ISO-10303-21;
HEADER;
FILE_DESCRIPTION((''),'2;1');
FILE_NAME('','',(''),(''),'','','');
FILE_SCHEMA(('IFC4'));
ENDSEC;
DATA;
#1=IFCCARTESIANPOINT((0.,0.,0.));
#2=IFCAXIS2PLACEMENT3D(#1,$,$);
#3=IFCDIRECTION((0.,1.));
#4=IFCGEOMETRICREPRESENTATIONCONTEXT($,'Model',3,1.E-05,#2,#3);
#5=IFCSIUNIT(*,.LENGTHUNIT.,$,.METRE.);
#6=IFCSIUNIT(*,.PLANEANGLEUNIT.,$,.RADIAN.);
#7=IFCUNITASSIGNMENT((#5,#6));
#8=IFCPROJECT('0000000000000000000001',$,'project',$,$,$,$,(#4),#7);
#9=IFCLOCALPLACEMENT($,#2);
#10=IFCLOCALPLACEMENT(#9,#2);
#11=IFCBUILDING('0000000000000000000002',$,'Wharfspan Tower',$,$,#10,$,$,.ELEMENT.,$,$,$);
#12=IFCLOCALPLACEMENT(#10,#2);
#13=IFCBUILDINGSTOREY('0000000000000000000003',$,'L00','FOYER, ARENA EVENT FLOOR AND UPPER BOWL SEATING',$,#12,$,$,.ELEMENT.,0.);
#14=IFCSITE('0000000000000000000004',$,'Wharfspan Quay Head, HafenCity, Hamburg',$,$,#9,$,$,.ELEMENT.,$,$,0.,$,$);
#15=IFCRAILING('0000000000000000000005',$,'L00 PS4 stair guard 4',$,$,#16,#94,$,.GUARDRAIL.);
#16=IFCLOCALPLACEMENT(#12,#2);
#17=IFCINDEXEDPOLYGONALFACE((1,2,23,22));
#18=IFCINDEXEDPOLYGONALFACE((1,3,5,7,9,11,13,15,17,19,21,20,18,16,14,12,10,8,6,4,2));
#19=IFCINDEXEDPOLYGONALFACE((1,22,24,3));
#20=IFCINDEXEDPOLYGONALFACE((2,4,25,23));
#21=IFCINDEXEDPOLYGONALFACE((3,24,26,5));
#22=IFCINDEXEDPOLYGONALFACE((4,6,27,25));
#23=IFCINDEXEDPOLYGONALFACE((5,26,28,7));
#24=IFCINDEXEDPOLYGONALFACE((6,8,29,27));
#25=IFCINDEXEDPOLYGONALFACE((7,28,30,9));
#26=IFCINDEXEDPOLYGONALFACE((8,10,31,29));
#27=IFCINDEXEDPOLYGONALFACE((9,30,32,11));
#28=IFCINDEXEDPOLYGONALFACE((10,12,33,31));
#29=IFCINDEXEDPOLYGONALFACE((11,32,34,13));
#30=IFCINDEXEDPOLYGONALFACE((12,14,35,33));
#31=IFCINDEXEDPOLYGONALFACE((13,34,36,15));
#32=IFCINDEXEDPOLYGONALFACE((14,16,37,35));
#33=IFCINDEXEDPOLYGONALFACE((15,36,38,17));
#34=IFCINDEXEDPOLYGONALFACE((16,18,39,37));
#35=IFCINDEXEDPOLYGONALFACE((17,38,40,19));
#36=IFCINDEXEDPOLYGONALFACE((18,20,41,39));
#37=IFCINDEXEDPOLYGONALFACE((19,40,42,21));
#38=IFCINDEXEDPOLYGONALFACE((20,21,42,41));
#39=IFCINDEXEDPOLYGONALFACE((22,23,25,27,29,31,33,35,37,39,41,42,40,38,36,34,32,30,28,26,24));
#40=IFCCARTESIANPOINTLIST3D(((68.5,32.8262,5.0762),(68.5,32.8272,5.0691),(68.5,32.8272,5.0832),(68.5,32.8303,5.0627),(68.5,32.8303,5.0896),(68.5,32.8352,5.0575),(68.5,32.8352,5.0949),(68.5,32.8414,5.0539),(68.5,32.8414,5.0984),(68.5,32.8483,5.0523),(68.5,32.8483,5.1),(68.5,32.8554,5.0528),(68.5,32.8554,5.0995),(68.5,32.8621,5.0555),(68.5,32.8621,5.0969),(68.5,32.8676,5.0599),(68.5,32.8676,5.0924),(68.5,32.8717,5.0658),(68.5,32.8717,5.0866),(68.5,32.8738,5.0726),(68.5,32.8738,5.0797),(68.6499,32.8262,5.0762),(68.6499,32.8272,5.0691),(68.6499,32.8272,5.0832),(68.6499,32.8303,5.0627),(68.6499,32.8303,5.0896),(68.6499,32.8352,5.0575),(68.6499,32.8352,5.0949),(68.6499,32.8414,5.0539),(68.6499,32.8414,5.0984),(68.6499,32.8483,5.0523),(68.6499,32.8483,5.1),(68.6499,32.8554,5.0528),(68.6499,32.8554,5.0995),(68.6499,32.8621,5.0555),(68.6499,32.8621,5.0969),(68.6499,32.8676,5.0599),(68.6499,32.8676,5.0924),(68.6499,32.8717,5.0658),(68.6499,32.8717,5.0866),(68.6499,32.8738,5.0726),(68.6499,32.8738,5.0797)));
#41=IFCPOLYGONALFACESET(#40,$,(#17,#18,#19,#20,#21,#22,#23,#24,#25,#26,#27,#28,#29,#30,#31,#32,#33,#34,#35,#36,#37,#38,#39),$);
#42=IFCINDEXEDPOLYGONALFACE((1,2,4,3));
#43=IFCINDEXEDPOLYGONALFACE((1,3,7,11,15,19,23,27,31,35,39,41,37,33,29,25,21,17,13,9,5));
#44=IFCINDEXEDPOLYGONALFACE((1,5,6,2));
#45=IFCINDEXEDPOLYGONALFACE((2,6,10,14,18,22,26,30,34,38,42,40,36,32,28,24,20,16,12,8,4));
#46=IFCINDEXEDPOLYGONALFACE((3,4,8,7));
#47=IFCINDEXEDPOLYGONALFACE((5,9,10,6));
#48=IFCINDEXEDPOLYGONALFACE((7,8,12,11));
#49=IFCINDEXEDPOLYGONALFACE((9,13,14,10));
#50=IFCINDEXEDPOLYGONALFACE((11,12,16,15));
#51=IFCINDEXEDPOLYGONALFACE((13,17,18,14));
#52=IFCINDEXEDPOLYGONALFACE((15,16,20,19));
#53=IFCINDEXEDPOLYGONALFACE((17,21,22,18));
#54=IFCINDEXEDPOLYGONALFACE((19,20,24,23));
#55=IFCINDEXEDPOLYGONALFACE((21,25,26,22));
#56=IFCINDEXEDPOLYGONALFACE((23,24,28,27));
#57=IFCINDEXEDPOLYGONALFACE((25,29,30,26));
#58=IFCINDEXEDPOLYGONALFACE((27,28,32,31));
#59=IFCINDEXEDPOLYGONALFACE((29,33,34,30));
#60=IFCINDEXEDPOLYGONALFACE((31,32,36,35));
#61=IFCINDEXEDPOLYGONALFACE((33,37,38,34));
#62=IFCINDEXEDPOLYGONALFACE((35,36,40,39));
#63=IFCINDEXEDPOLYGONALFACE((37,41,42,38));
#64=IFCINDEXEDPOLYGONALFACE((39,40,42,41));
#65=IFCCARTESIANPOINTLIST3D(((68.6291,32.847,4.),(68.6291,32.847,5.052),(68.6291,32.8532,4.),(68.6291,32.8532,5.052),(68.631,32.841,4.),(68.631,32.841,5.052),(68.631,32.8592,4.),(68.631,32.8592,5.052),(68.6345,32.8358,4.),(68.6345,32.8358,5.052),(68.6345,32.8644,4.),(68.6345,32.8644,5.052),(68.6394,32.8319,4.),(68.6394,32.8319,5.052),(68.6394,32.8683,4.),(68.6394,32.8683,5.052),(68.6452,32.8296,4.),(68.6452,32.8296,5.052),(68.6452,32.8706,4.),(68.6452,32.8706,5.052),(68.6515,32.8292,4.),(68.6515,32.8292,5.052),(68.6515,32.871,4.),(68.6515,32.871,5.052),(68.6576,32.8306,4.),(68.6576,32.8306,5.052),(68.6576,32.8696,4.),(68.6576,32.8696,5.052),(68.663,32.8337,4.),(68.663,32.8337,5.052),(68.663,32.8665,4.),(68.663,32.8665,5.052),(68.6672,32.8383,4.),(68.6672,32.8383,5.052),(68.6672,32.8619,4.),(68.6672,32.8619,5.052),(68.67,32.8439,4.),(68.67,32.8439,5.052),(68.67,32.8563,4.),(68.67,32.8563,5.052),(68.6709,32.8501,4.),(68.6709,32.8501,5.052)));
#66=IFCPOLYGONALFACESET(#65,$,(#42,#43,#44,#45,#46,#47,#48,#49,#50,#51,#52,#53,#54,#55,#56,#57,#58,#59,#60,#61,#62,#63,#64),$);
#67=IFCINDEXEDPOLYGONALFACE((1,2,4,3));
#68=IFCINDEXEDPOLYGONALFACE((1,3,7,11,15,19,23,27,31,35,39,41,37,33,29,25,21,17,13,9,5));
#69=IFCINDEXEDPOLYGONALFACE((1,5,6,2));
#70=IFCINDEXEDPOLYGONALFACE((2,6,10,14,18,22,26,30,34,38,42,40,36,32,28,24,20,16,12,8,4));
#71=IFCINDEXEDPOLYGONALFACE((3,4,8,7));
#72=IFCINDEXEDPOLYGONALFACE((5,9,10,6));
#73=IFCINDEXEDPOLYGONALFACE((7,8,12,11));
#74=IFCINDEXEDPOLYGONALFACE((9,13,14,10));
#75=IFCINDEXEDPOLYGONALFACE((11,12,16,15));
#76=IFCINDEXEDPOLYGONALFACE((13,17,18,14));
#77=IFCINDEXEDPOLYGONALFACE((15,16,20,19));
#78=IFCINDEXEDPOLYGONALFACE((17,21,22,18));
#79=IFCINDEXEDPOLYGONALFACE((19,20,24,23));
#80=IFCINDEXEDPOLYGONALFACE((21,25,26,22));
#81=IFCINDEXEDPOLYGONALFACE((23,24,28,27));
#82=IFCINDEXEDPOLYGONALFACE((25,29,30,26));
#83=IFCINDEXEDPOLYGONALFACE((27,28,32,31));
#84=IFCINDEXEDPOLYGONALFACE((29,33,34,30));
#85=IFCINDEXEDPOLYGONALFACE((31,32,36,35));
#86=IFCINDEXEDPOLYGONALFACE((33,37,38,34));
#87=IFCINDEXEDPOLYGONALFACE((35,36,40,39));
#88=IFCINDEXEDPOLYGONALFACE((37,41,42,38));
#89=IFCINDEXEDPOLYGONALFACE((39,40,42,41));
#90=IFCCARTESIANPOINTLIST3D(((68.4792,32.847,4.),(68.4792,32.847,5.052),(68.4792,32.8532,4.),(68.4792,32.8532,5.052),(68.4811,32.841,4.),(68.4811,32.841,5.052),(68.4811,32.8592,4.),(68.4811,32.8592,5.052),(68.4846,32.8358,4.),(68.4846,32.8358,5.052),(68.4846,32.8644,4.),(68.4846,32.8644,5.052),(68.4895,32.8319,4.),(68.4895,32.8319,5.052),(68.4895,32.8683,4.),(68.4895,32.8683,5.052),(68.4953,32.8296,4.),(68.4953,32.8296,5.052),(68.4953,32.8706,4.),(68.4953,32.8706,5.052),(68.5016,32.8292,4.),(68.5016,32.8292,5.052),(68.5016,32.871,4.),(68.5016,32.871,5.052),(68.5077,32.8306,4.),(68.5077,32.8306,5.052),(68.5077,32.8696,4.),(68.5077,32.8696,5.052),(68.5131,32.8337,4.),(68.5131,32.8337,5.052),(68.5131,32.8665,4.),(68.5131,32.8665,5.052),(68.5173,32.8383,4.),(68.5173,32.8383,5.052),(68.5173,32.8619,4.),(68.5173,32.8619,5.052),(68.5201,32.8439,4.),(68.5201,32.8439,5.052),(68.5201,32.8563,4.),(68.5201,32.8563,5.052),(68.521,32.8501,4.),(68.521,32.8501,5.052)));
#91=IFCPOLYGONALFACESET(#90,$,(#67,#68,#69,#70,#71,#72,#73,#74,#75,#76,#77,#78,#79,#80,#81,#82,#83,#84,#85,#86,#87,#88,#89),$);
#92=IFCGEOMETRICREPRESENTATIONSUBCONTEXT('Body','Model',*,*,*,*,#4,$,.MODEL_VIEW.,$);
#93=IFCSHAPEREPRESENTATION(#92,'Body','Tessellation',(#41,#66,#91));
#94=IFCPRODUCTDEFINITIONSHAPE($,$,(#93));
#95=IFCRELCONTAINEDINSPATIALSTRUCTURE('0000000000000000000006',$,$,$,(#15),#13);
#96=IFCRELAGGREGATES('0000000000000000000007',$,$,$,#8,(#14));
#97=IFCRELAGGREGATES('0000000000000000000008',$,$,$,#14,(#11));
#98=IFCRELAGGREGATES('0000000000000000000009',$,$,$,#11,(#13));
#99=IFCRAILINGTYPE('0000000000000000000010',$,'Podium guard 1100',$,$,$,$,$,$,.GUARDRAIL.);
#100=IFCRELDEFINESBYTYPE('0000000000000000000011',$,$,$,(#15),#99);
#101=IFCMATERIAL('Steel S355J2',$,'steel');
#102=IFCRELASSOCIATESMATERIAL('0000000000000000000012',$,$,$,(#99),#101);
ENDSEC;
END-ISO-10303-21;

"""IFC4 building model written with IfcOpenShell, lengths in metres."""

from ifc_helpers import new_model, si_unit, direction, frame, origin, origin_2d, place, context, subcontext, project, spatial, circle, extrude, material, type_object, element, save


model = new_model("IFC4")

# Units and contexts
model_context = context("Model", 3, precision=1e-05, world=origin(), true_north=direction((0.0, 1.0)))
body_context = subcontext(model_context, "Body", "Model", "MODEL_VIEW")
ifc_project = project(units=[si_unit("LENGTHUNIT", "METRE"), si_unit("PLANEANGLEUNIT", "RADIAN")], contexts=[model_context])

# Site, building, storey
site_placement = place(None, origin())
site = spatial("IfcSite", under=ifc_project, at=site_placement, Name="Wharfspan Quay Head, HafenCity, Hamburg", CompositionType="ELEMENT", RefElevation=0.0)
building_placement = place(site_placement, origin())
building = spatial("IfcBuilding", under=site, at=building_placement, Name="Wharfspan Tower", CompositionType="ELEMENT")
storey_placement = place(building_placement, origin())
storey = spatial("IfcBuildingStorey", under=building, at=storey_placement, Name="L00", Description="FOYER, ARENA EVENT FLOOR AND UPPER BOWL SEATING", CompositionType="ELEMENT", Elevation=0.0)

# Railing
ifc_material_1 = material(Name="Steel S355J2", Category="steel")
railing_type_1 = type_object("IfcRailingType", Name="Podium guard 1100", PredefinedType="GUARDRAIL", material=ifc_material_1)
railing_1_placement = place(storey_placement, frame((68.6499, 32.8501, 4.0)))
element("IfcRailing", 1, at=railing_1_placement, inside=storey, type_object=railing_type_1, Name="L00 PS4 stair guard 4", PredefinedType="GUARDRAIL", context=body_context, shape_type="SweptSolid", body=[
    extrude(circle(Radius=0.0239, at=origin_2d()), frame((0.0, 0.0, 1.0762), z_axis=(-1.0, 0.0, 0.0), x_axis=(0.0, -1.0, 0.0)), (0.0, 0.0, 1.0), 0.1499),
    extrude(circle(Radius=0.021, at=origin_2d()), origin(), (0.0, 0.0, 1.0), 1.052),
    extrude(circle(Radius=0.021, at=origin_2d()), frame((-0.1499, 0.0, 0.0)), (0.0, 0.0, 1.0), 1.052),
])

save(model, "model.ifc")
